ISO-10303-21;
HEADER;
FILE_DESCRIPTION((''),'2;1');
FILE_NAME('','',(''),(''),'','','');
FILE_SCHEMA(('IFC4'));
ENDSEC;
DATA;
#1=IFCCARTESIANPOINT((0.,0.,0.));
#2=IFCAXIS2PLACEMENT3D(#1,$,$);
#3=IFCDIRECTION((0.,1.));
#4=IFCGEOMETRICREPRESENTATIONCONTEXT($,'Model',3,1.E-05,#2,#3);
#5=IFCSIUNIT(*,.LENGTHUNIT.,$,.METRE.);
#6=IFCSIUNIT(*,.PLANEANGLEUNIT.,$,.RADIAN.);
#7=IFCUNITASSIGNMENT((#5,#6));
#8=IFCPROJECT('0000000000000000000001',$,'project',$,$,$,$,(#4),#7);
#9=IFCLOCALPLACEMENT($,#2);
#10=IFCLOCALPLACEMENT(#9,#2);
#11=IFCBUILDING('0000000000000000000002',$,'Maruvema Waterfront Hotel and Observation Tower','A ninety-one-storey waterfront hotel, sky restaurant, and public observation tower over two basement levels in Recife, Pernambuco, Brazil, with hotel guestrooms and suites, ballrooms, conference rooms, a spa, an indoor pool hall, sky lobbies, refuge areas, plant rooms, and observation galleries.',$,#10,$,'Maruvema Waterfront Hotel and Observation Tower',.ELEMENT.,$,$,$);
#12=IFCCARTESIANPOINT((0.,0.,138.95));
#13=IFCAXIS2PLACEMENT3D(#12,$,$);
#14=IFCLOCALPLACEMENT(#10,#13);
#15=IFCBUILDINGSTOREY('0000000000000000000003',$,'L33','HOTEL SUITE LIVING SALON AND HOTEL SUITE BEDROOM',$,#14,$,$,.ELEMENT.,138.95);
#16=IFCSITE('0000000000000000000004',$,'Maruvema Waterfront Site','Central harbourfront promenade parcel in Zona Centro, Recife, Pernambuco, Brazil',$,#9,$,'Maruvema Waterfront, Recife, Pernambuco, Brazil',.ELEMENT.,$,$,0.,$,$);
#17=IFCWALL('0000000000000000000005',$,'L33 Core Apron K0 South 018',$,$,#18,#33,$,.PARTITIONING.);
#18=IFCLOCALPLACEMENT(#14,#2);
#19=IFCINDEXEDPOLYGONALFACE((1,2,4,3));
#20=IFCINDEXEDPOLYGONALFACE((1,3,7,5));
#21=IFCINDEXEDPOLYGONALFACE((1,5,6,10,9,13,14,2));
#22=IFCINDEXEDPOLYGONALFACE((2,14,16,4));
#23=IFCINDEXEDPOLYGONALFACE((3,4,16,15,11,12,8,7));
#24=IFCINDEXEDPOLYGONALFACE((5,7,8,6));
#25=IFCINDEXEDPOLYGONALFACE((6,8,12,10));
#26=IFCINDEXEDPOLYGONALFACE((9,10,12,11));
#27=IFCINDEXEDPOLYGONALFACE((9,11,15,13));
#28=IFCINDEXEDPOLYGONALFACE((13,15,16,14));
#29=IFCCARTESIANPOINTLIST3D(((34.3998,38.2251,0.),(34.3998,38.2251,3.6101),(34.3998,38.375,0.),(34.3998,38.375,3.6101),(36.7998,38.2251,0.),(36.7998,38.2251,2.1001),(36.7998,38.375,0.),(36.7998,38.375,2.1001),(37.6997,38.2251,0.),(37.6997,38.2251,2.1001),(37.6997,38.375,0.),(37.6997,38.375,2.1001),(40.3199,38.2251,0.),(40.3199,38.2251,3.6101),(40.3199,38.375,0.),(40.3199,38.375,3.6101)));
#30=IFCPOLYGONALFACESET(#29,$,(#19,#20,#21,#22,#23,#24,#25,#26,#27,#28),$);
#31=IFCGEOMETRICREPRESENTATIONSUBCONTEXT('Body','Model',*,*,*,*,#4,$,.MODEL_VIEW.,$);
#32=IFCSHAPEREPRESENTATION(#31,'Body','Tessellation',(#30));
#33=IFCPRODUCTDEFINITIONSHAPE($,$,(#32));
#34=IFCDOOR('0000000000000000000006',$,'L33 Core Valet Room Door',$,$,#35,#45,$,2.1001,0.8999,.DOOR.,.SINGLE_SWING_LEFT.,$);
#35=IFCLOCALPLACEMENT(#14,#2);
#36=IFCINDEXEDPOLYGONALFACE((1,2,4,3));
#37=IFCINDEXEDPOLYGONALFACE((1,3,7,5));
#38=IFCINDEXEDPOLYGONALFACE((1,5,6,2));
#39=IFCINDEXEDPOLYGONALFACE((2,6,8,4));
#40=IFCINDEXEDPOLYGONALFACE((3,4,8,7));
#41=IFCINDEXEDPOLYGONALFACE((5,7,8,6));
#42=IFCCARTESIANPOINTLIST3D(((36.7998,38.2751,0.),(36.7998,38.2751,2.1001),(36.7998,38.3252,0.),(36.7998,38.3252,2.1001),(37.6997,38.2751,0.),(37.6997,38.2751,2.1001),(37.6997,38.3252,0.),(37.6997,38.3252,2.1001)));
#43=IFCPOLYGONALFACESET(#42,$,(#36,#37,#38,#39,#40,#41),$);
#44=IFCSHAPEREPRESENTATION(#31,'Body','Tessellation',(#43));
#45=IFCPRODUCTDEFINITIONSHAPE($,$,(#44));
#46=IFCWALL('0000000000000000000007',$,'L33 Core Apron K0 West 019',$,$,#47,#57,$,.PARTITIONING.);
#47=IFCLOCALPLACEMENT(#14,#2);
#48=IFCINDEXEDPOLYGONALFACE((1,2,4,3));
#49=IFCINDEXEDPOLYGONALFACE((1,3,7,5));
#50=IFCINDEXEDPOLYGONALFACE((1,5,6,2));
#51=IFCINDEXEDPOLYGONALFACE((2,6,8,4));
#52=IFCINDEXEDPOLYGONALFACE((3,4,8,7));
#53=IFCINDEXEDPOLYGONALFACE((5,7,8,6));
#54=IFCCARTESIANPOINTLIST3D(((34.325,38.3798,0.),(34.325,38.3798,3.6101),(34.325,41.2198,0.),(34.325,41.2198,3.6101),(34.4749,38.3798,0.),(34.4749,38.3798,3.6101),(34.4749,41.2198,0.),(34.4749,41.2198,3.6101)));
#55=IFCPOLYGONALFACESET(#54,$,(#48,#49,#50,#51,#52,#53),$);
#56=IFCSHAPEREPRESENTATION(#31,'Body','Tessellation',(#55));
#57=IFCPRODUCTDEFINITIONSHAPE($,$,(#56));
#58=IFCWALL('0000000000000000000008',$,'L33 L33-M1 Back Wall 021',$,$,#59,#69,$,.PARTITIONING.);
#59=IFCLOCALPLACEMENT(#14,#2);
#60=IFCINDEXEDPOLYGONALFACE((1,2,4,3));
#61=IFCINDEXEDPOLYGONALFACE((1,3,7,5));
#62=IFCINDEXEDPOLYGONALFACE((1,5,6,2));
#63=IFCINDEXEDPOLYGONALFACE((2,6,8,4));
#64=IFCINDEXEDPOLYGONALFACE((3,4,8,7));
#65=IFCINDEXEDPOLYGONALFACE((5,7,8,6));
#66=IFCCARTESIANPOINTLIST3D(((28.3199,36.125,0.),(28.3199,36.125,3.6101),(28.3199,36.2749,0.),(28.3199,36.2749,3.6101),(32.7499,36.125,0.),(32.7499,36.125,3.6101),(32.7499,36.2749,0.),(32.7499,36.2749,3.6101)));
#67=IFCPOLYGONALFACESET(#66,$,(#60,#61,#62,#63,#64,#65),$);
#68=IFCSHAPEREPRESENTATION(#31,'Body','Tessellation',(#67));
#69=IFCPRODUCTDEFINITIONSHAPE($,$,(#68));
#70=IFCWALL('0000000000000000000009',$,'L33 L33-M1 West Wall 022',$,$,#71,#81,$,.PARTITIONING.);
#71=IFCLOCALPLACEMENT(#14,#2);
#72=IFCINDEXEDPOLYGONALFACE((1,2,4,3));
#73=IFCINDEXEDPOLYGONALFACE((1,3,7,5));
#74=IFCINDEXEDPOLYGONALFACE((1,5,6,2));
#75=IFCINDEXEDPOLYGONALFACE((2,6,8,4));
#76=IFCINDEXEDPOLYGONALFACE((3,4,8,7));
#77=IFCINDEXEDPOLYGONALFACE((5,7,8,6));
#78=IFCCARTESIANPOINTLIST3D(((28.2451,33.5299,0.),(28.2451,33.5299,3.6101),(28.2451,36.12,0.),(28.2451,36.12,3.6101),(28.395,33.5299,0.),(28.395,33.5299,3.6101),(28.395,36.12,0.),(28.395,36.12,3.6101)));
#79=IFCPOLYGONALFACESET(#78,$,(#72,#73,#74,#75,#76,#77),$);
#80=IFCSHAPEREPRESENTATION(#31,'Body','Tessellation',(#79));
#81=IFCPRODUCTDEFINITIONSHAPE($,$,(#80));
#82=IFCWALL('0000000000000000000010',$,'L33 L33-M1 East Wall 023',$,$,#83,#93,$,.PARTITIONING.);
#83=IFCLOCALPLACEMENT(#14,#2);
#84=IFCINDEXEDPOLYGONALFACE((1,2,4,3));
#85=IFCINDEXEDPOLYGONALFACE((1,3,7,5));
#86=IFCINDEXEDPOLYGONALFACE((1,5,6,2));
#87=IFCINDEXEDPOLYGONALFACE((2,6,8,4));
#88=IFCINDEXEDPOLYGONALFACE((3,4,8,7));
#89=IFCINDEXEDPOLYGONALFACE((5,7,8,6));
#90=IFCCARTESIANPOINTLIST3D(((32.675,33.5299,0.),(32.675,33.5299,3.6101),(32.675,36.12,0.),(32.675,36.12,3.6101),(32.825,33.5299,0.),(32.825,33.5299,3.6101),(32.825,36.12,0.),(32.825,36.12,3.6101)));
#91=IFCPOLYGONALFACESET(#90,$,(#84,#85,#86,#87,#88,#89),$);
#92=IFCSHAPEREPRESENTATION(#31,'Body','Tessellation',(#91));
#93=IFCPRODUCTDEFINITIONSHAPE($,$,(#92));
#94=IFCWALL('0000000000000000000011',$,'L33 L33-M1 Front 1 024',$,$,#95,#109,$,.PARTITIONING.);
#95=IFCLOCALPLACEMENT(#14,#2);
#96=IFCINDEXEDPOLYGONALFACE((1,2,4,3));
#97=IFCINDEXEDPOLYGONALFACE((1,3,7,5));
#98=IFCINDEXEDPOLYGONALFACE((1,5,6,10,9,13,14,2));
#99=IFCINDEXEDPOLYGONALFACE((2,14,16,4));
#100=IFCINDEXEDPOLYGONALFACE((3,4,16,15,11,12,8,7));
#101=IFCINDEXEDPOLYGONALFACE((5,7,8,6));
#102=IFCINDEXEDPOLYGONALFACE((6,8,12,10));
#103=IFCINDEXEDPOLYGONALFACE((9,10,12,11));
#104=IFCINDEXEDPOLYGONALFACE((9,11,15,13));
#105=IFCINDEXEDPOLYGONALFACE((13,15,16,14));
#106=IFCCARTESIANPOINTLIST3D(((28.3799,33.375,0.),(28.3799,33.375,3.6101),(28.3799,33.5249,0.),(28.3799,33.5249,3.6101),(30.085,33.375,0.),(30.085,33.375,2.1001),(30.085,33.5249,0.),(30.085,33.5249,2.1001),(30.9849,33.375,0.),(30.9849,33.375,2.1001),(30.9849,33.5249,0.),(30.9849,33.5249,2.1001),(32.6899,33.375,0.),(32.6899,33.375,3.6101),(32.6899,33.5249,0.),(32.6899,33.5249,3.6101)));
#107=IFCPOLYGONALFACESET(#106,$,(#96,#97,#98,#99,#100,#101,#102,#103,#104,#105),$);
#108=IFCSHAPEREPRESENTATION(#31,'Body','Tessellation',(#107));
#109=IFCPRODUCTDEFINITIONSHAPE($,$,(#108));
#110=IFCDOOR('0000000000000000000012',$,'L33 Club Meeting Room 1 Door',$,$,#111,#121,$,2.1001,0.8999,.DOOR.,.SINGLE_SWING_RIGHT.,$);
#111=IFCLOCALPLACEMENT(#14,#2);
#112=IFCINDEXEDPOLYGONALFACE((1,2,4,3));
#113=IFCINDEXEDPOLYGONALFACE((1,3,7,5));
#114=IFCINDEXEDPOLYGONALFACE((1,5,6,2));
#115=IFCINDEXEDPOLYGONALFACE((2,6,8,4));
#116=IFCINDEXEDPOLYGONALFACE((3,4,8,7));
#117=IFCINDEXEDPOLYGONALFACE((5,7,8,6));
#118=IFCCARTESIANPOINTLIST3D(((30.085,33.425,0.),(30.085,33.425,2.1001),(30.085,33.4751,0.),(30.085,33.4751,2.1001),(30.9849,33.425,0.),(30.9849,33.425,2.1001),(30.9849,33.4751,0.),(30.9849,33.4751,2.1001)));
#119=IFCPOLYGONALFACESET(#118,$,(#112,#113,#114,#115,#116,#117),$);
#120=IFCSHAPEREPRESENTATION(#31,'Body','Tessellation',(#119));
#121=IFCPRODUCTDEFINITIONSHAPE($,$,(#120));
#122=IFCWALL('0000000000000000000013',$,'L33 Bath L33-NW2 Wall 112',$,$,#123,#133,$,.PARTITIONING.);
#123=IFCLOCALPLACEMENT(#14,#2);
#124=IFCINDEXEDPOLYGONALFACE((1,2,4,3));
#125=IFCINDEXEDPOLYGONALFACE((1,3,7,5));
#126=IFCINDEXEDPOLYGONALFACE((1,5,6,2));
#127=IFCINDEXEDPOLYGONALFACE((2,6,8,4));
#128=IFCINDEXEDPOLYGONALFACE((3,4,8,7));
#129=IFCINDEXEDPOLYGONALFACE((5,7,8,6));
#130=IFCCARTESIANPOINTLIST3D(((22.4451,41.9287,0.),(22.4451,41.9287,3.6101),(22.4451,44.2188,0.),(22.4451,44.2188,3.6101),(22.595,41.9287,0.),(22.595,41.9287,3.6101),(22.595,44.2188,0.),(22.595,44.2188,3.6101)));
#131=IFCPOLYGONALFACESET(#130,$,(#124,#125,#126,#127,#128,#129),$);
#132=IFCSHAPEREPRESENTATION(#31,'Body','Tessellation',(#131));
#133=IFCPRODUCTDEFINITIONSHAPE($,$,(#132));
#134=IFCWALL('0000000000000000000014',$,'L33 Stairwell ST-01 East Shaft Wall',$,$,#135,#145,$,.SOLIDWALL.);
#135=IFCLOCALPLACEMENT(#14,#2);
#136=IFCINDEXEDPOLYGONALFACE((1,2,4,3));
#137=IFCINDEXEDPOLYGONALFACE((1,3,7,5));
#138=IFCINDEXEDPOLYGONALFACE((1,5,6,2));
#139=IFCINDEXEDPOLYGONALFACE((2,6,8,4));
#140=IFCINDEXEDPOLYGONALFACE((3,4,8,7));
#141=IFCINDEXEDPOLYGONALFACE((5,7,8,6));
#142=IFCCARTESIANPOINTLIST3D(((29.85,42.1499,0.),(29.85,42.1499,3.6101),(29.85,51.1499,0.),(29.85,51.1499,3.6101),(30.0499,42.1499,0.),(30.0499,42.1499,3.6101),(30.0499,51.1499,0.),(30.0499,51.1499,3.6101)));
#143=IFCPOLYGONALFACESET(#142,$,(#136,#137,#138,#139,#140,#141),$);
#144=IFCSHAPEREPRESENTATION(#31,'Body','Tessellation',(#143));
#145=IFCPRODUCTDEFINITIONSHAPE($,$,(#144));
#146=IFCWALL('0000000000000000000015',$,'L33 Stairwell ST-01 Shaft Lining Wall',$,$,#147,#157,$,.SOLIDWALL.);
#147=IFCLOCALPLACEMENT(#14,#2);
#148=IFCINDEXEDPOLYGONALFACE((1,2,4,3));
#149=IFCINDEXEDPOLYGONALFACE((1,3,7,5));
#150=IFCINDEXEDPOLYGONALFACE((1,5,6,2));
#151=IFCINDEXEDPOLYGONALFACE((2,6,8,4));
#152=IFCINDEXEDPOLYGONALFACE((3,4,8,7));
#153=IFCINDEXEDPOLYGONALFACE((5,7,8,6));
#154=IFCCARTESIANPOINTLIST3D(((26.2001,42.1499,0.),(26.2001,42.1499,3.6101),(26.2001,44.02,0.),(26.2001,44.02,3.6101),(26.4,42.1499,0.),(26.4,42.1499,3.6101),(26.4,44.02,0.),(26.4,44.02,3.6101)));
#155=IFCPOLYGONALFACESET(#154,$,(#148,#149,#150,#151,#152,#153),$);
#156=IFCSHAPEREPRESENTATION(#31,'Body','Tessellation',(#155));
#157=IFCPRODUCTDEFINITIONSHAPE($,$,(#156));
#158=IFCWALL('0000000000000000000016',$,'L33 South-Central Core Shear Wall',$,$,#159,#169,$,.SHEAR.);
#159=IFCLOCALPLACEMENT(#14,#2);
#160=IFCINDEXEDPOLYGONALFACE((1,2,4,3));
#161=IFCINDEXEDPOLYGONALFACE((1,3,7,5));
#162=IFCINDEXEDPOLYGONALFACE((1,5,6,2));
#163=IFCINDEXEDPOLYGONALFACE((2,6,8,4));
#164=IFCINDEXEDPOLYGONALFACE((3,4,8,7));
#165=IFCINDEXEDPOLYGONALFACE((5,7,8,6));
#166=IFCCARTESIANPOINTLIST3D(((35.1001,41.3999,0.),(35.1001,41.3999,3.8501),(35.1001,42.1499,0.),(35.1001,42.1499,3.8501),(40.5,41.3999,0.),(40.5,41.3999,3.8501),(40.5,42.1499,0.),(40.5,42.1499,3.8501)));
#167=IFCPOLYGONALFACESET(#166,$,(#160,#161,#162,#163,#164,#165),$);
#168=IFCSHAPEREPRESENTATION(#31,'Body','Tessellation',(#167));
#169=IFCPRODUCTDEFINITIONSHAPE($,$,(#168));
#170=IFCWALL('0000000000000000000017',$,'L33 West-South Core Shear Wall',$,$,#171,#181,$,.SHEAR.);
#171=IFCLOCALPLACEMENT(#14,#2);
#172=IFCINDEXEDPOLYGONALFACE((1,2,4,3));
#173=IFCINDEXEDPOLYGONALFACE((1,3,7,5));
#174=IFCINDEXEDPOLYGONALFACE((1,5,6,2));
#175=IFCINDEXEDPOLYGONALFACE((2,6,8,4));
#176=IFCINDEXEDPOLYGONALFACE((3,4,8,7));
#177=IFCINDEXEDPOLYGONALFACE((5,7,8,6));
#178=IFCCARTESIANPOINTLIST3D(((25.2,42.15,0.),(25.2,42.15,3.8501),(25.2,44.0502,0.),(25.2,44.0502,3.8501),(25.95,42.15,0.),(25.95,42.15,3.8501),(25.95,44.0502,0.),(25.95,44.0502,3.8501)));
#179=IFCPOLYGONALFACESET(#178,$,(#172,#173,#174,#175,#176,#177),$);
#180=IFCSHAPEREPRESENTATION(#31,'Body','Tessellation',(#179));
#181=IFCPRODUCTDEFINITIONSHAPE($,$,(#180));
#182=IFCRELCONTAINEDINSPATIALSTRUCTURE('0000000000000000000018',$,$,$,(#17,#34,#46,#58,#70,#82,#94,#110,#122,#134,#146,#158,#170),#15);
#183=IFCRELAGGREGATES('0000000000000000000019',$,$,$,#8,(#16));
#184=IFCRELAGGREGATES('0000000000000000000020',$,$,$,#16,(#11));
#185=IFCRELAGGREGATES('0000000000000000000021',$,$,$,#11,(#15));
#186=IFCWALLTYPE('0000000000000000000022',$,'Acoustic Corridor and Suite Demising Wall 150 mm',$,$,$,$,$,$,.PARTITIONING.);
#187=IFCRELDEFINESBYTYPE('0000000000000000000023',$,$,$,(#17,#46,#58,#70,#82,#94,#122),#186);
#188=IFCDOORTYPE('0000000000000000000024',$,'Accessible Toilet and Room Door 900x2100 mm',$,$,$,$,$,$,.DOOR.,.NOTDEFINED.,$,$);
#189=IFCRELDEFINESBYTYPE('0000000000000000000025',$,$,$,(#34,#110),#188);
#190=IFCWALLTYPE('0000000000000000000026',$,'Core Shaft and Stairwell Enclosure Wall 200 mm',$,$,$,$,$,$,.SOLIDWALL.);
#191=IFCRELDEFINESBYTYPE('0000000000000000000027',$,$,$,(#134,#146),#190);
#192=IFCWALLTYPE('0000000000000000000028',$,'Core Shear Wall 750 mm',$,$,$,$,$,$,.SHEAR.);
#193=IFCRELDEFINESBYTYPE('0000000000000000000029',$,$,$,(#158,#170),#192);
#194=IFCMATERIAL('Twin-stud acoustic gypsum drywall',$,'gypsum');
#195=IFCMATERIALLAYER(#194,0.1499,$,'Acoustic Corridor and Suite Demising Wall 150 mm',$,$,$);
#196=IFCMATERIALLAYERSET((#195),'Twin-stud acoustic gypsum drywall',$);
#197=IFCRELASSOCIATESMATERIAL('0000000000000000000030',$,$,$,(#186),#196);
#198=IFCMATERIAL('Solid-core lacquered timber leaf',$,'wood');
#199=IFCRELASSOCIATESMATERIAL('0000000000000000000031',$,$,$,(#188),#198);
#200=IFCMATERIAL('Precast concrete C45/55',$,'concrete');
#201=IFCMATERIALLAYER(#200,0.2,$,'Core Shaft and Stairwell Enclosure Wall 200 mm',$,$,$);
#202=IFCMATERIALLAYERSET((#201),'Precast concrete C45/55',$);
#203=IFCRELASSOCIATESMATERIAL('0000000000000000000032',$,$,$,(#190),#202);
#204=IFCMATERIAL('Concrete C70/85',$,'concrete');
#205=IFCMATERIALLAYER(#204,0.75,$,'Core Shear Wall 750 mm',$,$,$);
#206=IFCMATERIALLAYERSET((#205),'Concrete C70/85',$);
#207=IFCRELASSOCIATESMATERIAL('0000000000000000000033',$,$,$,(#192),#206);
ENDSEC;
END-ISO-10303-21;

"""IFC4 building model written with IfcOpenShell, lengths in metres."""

from ifc_helpers import new_model, si_unit, direction, frame, frame_2d, origin, place, context, subcontext, project, spatial, rectangle, extrude, material, layer, layer_set, type_object, element, fill, save


model = new_model("IFC4")

# Units and contexts
model_context = context("Model", 3, precision=1e-05, world=origin(), true_north=direction((0.0, 1.0)))
body_context = subcontext(model_context, "Body", "Model", "MODEL_VIEW")
ifc_project = project(units=[si_unit("LENGTHUNIT", "METRE"), si_unit("PLANEANGLEUNIT", "RADIAN")], contexts=[model_context])

# Site, building, storey
site_placement = place(None, origin())
site = spatial("IfcSite", under=ifc_project, at=site_placement, Name="Maruvema Waterfront Site", Description="Central harbourfront promenade parcel in Zona Centro, Recife, Pernambuco, Brazil", LongName="Maruvema Waterfront, Recife, Pernambuco, Brazil", CompositionType="ELEMENT", RefElevation=0.0)
building_placement = place(site_placement, origin())
building = spatial("IfcBuilding", under=site, at=building_placement, Name="Maruvema Waterfront Hotel and Observation Tower", Description="A ninety-one-storey waterfront hotel, sky restaurant, and public observation tower over two basement levels in Recife, Pernambuco, Brazil, with hotel guestrooms and suites, ballrooms, conference rooms, a spa, an indoor pool hall, sky lobbies, refuge areas, plant rooms, and observation galleries.", LongName="Maruvema Waterfront Hotel and Observation Tower", CompositionType="ELEMENT")
storey_placement = place(building_placement, frame((0.0, 0.0, 138.95)))
storey = spatial("IfcBuildingStorey", under=building, at=storey_placement, Name="L33", Description="HOTEL SUITE LIVING SALON AND HOTEL SUITE BEDROOM", CompositionType="ELEMENT", Elevation=138.95)

# Wall, opening, door
ifc_material_1 = material(Name="Twin-stud acoustic gypsum drywall", Category="gypsum")
ifc_layer_1 = layer(ifc_material_1, 0.1499, Name="Acoustic Corridor and Suite Demising Wall 150 mm")
ifc_layer_set_1 = layer_set([ifc_layer_1], Name="Twin-stud acoustic gypsum drywall")
wall_type_1 = type_object("IfcWallType", Name="Acoustic Corridor and Suite Demising Wall 150 mm", PredefinedType="PARTITIONING", material=ifc_layer_set_1)
wall_1_placement = place(storey_placement, frame((34.3999, 38.3, 0.0), z_axis=(0.0, 0.0, 1.0), x_axis=(1.0, 0.0, 0.0)))
wall_1 = element("IfcWall", 1, at=wall_1_placement, inside=storey, type_object=wall_type_1, Name="L33 Core Apron K0 South 018", PredefinedType="PARTITIONING", context=body_context, shape_type="SweptSolid", body=[
    extrude(rectangle(XDim=5.9202, YDim=0.1499, at=frame_2d((2.96, 0.0))), origin(), (0.0, 0.0, 1.0), 3.6101),
])
opening_1_placement = place(wall_1_placement, frame((2.3999, 0.0, 0.0)))
opening_1 = element("IfcOpeningElement", 2, at=opening_1_placement, cuts=wall_1, PredefinedType="OPENING", context=body_context, shape_type="SweptSolid", body=[
    extrude(rectangle(XDim=0.8999, YDim=2.1001, at=frame_2d((0.45, 1.05))), frame((0.0, 0.085, 0.0), z_axis=(0.0, -1.0, 0.0), x_axis=(1.0, 0.0, 0.0)), (0.0, 0.0, 1.0), 0.1699),
])
ifc_material_2 = material(Name="Solid-core lacquered timber leaf", Category="wood")
door_type_1 = type_object("IfcDoorType", Name="Accessible Toilet and Room Door 900x2100 mm", OperationType="NOTDEFINED", PredefinedType="DOOR", material=ifc_material_2)
door_1_placement = place(opening_1_placement, frame((0.8999, 0.0, 0.0), z_axis=(0.0, 0.0, 1.0), x_axis=(-1.0, 0.0, 0.0)))
door_1 = element("IfcDoor", 3, at=door_1_placement, inside=storey, type_object=door_type_1, Name="L33 Core Valet Room Door", OperationType="SINGLE_SWING_LEFT", OverallHeight=2.1001, OverallWidth=0.8999, PredefinedType="DOOR", context=body_context, shape_type="SweptSolid", body=[
    extrude(rectangle(XDim=0.8999, YDim=2.1001, at=frame_2d((0.45, 1.05))), frame((0.0, 0.0249, 0.0), z_axis=(0.0, -1.0, 0.0), x_axis=(1.0, 0.0, 0.0)), (0.0, 0.0, 1.0), 0.05),
])
fill(opening_1, door_1)

# Walls
wall_2_placement = place(storey_placement, frame((34.3999, 38.3799, 0.0), z_axis=(0.0, 0.0, 1.0), x_axis=(0.0, 1.0, 0.0)))
element("IfcWall", 4, at=wall_2_placement, inside=storey, type_object=wall_type_1, Name="L33 Core Apron K0 West 019", PredefinedType="PARTITIONING", context=body_context, shape_type="SweptSolid", body=[
    extrude(rectangle(XDim=2.8401, YDim=0.1499, at=frame_2d((1.4199, 0.0))), origin(), (0.0, 0.0, 1.0), 3.6101),
])
wall_3_placement = place(storey_placement, frame((28.3201, 36.2, 0.0), z_axis=(0.0, 0.0, 1.0), x_axis=(1.0, 0.0, 0.0)))
element("IfcWall", 5, at=wall_3_placement, inside=storey, type_object=wall_type_1, Name="L33 L33-M1 Back Wall 021", PredefinedType="PARTITIONING", context=body_context, shape_type="SweptSolid", body=[
    extrude(rectangle(XDim=4.4299, YDim=0.1499, at=frame_2d((2.2148, 0.0))), origin(), (0.0, 0.0, 1.0), 3.6101),
])
for number, where, z_axis, x_axis, name in (
    (6, (28.3201, 33.53, 0.0), (0.0, 0.0, 1.0), (0.0, 1.0, 0.0), "L33 L33-M1 West Wall 022"),
    (7, (32.75, 33.53, 0.0), (0.0, 0.0, 1.0), (0.0, 1.0, 0.0), "L33 L33-M1 East Wall 023"),
):
    element("IfcWall", number, at=place(storey_placement, frame(where, z_axis=z_axis, x_axis=x_axis)), inside=storey, type_object=wall_type_1, Name=name, PredefinedType="PARTITIONING", context=body_context, shape_type="SweptSolid", body=[
        extrude(rectangle(XDim=2.5901, YDim=0.1499, at=frame_2d((1.2949, 0.0))), origin(), (0.0, 0.0, 1.0), 3.6101),
    ])

# Wall, opening, door
wall_4_placement = place(storey_placement, frame((28.3799, 33.45, 0.0), z_axis=(0.0, 0.0, 1.0), x_axis=(1.0, 0.0, 0.0)))
wall_4 = element("IfcWall", 8, at=wall_4_placement, inside=storey, type_object=wall_type_1, Name="L33 L33-M1 Front 1 024", PredefinedType="PARTITIONING", context=body_context, shape_type="SweptSolid", body=[
    extrude(rectangle(XDim=4.3101, YDim=0.1499, at=frame_2d((2.155, 0.0))), origin(), (0.0, 0.0, 1.0), 3.6101),
])
opening_2_placement = place(wall_4_placement, frame((1.7051, 0.0, 0.0)))
opening_2 = element("IfcOpeningElement", 9, at=opening_2_placement, cuts=wall_4, PredefinedType="OPENING", context=body_context, shape_type="SweptSolid", body=[
    extrude(rectangle(XDim=0.8999, YDim=2.1001, at=frame_2d((0.45, 1.05))), frame((0.0, 0.085, 0.0), z_axis=(0.0, -1.0, 0.0), x_axis=(1.0, 0.0, 0.0)), (0.0, 0.0, 1.0), 0.1699),
])
door_2_placement = place(opening_2_placement, frame((0.8999, 0.0, 0.0), z_axis=(0.0, 0.0, 1.0), x_axis=(-1.0, 0.0, 0.0)))
door_2 = element("IfcDoor", 10, at=door_2_placement, inside=storey, type_object=door_type_1, Name="L33 Club Meeting Room 1 Door", OperationType="SINGLE_SWING_RIGHT", OverallHeight=2.1001, OverallWidth=0.8999, PredefinedType="DOOR", context=body_context, shape_type="SweptSolid", body=[
    extrude(rectangle(XDim=0.8999, YDim=2.1001, at=frame_2d((0.45, 1.05))), frame((0.0, 0.0249, 0.0), z_axis=(0.0, -1.0, 0.0), x_axis=(1.0, 0.0, 0.0)), (0.0, 0.0, 1.0), 0.05),
])
fill(opening_2, door_2)

# Walls
wall_5_placement = place(storey_placement, frame((22.52, 41.9287, 0.0), z_axis=(0.0, 0.0, 1.0), x_axis=(0.0, 1.0, 0.0)))
element("IfcWall", 11, at=wall_5_placement, inside=storey, type_object=wall_type_1, Name="L33 Bath L33-NW2 Wall 112", PredefinedType="PARTITIONING", context=body_context, shape_type="SweptSolid", body=[
    extrude(rectangle(XDim=2.29, YDim=0.1499, at=frame_2d((1.145, 0.0))), origin(), (0.0, 0.0, 1.0), 3.6101),
])
ifc_material_3 = material(Name="Precast concrete C45/55", Category="concrete")
ifc_layer_2 = layer(ifc_material_3, 0.2, Name="Core Shaft and Stairwell Enclosure Wall 200 mm")
ifc_layer_set_2 = layer_set([ifc_layer_2], Name="Precast concrete C45/55")
wall_type_2 = type_object("IfcWallType", Name="Core Shaft and Stairwell Enclosure Wall 200 mm", PredefinedType="SOLIDWALL", material=ifc_layer_set_2)
wall_6_placement = place(storey_placement, frame((29.95, 42.1499, 0.0), z_axis=(0.0, 0.0, 1.0), x_axis=(0.0, 1.0, 0.0)))
element("IfcWall", 12, at=wall_6_placement, inside=storey, type_object=wall_type_2, Name="L33 Stairwell ST-01 East Shaft Wall", PredefinedType="SOLIDWALL", context=body_context, shape_type="SweptSolid", body=[
    extrude(rectangle(XDim=9.0, YDim=0.2, at=frame_2d((4.5, 0.0))), origin(), (0.0, 0.0, 1.0), 3.6101),
])
wall_7_placement = place(storey_placement, frame((26.3, 42.1499, 0.0), z_axis=(0.0, 0.0, 1.0), x_axis=(0.0, 1.0, 0.0)))
element("IfcWall", 13, at=wall_7_placement, inside=storey, type_object=wall_type_2, Name="L33 Stairwell ST-01 Shaft Lining Wall", PredefinedType="SOLIDWALL", context=body_context, shape_type="SweptSolid", body=[
    extrude(rectangle(XDim=1.8701, YDim=0.2, at=frame_2d((0.9351, 0.0))), origin(), (0.0, 0.0, 1.0), 3.6101),
])

# Shared definitions
ifc_material_4 = material(Name="Concrete C70/85", Category="concrete")
ifc_layer_3 = layer(ifc_material_4, 0.75, Name="Core Shear Wall 750 mm")
ifc_layer_set_3 = layer_set([ifc_layer_3], Name="Concrete C70/85")
wall_type_3 = type_object("IfcWallType", Name="Core Shear Wall 750 mm", PredefinedType="SHEAR", material=ifc_layer_set_3)

# Walls
wall_8_placement = place(storey_placement, frame((35.1001, 41.7749, 0.0), z_axis=(0.0, 0.0, 1.0), x_axis=(1.0, 0.0, 0.0)))
element("IfcWall", 14, at=wall_8_placement, inside=storey, type_object=wall_type_3, Name="L33 South-Central Core Shear Wall", PredefinedType="SHEAR", context=body_context, shape_type="SweptSolid", body=[
    extrude(rectangle(XDim=5.3999, YDim=0.75, at=frame_2d((2.7, 0.0))), origin(), (0.0, 0.0, 1.0), 3.8501),
])
wall_9_placement = place(storey_placement, frame((25.575, 42.1499, 0.0), z_axis=(0.0, 0.0, 1.0), x_axis=(0.0, 1.0, 0.0)))
element("IfcWall", 15, at=wall_9_placement, inside=storey, type_object=wall_type_3, Name="L33 West-South Core Shear Wall", PredefinedType="SHEAR", context=body_context, shape_type="SweptSolid", body=[
    extrude(rectangle(XDim=1.9001, YDim=0.75, at=frame_2d((0.9502, 0.0))), origin(), (0.0, 0.0, 1.0), 3.8501),
])

save(model, "model.ifc")
